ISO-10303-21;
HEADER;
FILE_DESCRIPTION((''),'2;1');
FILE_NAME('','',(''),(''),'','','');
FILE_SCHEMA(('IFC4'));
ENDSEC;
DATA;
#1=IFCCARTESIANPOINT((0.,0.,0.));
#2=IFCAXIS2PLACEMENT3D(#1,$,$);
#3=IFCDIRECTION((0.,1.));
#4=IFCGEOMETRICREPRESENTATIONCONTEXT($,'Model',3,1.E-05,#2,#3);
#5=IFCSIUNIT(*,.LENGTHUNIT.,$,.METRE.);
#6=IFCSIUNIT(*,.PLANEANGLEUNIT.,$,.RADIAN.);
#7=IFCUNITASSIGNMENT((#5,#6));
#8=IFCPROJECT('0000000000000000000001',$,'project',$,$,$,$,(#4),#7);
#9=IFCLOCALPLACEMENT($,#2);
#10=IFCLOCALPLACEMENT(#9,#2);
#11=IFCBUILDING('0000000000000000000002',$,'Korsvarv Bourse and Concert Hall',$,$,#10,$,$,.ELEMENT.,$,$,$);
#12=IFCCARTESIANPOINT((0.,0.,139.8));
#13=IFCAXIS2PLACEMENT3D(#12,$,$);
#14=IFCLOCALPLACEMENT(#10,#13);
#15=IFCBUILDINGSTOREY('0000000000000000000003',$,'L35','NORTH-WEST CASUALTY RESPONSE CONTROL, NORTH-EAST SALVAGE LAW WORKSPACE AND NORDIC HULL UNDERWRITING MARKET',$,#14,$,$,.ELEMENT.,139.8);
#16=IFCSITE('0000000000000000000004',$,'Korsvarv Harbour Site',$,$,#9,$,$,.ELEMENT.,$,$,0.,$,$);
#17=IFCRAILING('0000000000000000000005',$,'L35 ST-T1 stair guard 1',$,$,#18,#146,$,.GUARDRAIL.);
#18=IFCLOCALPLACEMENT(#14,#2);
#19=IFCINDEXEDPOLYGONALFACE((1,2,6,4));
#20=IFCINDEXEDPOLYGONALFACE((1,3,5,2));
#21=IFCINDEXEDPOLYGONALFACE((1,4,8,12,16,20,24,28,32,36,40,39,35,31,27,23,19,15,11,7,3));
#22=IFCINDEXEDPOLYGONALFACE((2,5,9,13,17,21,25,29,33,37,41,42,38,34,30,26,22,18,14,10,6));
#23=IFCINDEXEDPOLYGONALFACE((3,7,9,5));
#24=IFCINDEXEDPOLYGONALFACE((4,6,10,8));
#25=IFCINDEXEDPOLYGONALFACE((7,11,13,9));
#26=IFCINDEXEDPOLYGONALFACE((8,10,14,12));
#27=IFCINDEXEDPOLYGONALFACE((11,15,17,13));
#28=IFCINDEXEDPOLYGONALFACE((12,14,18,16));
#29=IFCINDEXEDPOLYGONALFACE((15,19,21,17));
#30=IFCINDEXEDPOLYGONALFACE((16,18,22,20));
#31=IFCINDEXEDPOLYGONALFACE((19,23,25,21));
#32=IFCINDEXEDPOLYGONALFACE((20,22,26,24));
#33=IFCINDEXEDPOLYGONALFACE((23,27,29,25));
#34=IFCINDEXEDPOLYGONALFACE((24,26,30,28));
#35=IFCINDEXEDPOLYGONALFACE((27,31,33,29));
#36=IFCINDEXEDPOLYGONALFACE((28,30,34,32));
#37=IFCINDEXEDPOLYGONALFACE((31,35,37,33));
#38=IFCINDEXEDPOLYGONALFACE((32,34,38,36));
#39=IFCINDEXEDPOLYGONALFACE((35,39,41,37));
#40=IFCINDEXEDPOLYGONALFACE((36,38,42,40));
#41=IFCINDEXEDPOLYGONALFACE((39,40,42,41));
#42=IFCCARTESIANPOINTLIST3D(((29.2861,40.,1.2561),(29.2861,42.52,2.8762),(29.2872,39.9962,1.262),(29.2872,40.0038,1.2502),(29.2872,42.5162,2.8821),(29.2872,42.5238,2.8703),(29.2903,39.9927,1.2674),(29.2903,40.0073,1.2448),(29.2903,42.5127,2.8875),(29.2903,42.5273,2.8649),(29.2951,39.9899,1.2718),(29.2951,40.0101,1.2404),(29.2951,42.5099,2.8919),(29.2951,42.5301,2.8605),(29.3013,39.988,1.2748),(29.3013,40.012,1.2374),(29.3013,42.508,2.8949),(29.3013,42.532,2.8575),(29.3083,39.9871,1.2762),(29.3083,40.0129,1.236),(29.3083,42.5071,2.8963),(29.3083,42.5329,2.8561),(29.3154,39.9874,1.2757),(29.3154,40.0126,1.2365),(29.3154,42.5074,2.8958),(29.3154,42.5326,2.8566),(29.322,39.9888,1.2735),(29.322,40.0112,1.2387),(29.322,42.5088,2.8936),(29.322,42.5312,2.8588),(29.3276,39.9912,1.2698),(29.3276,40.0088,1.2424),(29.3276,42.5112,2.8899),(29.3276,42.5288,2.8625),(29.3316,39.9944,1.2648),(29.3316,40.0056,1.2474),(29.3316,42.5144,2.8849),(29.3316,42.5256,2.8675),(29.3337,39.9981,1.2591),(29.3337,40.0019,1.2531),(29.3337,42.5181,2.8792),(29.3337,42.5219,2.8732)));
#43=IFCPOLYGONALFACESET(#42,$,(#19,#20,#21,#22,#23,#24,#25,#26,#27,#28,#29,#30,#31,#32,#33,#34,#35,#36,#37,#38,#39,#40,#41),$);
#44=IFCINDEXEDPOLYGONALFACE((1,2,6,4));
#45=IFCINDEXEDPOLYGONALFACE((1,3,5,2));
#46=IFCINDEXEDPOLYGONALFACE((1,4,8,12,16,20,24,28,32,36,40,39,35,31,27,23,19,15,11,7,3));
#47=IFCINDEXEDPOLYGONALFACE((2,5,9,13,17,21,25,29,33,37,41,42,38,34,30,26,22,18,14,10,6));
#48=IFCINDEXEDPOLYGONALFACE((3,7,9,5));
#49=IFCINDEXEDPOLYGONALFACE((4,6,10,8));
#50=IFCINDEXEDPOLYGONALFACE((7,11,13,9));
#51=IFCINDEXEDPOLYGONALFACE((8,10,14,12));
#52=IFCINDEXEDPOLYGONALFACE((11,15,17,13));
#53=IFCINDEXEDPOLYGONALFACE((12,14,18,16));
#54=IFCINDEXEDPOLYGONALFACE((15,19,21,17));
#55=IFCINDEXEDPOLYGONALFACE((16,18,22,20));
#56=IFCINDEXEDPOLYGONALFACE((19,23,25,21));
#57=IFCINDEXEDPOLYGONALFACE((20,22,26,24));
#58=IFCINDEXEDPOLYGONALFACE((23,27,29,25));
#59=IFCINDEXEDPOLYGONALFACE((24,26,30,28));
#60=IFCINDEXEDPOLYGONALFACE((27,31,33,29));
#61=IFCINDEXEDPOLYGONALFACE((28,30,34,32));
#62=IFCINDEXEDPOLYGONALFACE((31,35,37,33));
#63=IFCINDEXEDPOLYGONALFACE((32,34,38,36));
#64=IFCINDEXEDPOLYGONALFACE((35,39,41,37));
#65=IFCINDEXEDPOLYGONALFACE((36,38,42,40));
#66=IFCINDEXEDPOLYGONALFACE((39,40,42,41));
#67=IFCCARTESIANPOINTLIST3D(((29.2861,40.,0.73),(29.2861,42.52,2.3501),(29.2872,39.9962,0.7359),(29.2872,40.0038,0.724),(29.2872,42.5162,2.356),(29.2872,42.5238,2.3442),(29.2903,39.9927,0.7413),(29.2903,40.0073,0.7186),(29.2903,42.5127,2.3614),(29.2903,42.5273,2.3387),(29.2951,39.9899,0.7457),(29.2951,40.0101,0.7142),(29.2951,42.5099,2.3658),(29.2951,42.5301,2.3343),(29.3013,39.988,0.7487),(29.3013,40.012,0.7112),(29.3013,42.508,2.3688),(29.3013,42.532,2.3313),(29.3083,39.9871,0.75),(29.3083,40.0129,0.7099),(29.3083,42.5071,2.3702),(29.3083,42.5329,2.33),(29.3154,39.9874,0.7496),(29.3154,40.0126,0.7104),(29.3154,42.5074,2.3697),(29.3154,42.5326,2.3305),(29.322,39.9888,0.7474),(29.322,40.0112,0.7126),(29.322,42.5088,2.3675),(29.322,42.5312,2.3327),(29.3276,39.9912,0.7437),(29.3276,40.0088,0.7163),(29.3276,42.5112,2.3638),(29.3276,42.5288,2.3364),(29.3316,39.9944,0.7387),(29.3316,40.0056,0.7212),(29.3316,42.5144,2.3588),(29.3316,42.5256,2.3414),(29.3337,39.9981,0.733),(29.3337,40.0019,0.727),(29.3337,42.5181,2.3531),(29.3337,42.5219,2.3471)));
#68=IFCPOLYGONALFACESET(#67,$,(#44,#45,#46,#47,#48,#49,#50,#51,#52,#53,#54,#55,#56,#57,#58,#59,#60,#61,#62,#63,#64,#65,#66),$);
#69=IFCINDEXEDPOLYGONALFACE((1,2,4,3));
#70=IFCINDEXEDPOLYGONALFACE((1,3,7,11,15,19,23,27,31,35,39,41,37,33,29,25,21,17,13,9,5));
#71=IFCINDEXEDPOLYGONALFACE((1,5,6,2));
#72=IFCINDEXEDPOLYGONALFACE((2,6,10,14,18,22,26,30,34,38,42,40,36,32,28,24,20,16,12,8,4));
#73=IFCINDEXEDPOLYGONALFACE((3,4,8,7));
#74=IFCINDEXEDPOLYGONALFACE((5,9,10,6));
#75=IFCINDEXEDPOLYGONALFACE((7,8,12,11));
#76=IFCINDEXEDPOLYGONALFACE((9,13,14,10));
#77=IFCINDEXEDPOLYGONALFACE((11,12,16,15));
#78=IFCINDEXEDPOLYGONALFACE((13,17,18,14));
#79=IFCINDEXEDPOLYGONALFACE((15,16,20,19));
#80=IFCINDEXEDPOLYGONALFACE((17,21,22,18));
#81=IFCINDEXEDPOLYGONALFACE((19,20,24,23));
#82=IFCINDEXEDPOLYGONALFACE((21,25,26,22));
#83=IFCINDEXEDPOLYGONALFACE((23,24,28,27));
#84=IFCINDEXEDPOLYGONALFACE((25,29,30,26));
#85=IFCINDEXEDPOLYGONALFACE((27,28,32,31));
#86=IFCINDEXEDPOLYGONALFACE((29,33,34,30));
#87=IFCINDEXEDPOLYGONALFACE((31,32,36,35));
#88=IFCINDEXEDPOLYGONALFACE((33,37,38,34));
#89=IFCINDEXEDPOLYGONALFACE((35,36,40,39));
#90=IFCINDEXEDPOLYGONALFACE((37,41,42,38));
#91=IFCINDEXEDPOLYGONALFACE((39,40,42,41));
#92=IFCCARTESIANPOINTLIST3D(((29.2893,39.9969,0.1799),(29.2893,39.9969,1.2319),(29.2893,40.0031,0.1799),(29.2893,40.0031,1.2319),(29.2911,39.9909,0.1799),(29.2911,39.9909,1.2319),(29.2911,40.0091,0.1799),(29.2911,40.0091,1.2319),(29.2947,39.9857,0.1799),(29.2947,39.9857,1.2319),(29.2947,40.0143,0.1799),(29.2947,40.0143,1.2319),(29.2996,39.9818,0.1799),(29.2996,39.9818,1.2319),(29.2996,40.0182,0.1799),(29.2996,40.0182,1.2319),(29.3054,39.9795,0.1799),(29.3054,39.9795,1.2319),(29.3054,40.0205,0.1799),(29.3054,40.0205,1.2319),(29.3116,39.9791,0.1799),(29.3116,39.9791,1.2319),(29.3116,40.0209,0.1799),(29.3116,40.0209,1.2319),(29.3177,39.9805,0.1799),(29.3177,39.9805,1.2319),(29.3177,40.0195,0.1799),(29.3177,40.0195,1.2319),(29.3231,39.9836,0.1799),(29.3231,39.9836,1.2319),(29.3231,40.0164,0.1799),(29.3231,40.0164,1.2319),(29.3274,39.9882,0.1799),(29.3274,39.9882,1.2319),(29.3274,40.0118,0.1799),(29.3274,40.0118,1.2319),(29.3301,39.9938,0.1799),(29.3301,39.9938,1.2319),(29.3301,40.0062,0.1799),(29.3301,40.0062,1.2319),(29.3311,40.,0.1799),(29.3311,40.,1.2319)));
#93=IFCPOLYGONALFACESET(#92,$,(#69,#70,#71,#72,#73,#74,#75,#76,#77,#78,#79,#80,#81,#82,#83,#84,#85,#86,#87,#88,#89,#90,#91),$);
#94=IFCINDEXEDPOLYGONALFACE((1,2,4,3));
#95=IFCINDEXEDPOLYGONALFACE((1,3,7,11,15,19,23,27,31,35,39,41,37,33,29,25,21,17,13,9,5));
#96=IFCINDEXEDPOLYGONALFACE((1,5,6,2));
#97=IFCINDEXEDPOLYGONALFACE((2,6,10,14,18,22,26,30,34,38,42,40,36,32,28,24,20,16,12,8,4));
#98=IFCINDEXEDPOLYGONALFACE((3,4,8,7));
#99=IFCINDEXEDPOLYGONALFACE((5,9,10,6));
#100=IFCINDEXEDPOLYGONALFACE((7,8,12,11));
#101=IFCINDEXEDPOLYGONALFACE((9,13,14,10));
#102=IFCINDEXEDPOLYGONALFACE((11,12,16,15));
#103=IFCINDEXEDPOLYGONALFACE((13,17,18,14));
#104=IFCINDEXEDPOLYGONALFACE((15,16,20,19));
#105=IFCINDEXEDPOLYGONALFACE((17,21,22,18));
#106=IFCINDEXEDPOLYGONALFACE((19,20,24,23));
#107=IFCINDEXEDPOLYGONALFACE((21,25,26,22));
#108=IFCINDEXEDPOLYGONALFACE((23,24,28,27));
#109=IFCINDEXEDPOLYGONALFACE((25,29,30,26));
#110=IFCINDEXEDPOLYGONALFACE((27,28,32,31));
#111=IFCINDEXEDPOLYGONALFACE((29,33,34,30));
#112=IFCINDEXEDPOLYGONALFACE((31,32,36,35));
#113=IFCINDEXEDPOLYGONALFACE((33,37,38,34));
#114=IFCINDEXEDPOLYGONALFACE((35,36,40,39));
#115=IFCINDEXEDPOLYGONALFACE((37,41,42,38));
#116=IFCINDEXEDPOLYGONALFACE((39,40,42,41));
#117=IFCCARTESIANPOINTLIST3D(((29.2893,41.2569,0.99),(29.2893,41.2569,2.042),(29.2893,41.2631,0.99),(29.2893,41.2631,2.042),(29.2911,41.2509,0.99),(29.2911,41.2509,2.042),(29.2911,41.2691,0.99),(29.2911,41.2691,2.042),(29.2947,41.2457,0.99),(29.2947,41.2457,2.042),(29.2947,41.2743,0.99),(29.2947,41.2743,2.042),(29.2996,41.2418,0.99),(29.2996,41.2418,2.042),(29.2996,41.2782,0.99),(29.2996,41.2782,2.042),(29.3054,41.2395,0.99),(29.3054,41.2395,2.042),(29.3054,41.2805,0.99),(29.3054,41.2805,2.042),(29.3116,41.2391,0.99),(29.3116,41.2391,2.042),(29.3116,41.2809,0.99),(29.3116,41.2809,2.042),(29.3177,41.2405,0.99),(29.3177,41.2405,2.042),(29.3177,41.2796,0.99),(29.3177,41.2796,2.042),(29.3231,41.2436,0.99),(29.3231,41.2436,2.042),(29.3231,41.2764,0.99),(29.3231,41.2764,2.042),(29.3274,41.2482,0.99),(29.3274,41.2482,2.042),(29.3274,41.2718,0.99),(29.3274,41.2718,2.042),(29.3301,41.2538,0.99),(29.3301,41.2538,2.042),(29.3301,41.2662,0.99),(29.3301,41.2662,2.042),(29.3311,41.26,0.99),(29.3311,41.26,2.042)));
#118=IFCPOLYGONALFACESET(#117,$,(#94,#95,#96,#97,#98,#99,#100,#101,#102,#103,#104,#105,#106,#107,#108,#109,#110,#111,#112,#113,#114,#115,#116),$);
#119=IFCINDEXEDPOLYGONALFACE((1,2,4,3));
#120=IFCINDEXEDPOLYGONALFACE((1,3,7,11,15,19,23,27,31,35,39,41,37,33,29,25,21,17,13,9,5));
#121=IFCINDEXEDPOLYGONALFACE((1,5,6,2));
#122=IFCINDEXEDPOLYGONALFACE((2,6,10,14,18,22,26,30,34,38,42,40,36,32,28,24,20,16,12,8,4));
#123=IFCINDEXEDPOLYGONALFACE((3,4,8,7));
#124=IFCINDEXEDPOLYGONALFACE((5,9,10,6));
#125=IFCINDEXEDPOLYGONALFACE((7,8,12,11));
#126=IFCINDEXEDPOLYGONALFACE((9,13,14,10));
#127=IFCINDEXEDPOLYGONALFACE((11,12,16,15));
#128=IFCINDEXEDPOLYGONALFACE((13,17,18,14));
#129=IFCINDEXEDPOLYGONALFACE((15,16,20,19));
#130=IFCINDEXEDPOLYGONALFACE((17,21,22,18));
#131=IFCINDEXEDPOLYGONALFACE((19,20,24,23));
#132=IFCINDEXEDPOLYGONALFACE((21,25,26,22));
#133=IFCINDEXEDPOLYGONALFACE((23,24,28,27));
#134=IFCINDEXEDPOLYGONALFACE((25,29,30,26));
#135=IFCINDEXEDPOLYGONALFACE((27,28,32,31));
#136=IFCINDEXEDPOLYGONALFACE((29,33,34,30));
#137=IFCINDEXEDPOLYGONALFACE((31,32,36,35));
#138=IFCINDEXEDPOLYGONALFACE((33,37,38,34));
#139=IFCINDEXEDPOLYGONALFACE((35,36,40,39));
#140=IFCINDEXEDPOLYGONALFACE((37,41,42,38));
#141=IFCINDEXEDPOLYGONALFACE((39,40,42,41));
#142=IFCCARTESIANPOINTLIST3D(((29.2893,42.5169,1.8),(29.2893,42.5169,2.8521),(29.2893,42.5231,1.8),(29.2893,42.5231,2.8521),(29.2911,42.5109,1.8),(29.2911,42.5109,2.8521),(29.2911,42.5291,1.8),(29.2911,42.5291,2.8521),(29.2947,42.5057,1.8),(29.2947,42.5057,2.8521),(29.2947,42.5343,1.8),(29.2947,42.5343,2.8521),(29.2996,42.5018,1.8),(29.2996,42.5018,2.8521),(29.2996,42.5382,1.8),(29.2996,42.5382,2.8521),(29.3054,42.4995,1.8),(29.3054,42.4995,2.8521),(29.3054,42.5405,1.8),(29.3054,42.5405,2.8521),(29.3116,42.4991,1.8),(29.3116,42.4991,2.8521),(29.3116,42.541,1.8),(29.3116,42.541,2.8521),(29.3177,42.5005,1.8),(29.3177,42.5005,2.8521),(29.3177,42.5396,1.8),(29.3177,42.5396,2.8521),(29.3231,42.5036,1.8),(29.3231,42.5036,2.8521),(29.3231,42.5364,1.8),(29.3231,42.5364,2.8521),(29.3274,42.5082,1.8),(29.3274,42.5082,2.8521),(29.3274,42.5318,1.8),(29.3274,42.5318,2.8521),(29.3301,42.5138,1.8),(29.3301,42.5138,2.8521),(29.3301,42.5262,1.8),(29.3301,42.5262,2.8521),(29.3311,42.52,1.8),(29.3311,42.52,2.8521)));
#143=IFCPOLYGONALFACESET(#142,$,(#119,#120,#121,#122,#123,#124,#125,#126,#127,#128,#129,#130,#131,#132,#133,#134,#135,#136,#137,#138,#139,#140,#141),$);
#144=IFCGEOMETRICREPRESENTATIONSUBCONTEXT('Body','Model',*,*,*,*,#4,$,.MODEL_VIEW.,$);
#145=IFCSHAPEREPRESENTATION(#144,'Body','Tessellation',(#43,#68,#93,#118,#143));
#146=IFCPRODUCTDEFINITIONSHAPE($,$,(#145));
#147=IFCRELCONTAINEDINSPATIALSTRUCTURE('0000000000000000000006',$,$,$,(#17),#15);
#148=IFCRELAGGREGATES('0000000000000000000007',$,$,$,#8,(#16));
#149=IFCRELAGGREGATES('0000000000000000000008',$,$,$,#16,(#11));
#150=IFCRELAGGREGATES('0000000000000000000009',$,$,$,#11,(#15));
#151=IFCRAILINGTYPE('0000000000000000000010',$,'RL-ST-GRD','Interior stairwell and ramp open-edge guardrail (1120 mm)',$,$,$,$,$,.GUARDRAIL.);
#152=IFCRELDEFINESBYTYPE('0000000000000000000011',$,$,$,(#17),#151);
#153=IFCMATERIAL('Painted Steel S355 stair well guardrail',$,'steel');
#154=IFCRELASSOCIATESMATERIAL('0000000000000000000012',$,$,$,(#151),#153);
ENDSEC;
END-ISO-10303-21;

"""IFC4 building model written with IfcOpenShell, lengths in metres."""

from ifc_helpers import new_model, si_unit, direction, frame, origin, origin_2d, place, context, subcontext, project, spatial, circle, extrude, material, type_object, element, save


model = new_model("IFC4")

# Units and contexts
model_context = context("Model", 3, precision=1e-05, world=origin(), true_north=direction((0.0, 1.0)))
body_context = subcontext(model_context, "Body", "Model", "MODEL_VIEW")
ifc_project = project(units=[si_unit("LENGTHUNIT", "METRE"), si_unit("PLANEANGLEUNIT", "RADIAN")], contexts=[model_context])

# Site, building, storey
site_placement = place(None, origin())
site = spatial("IfcSite", under=ifc_project, at=site_placement, Name="Korsvarv Harbour Site", CompositionType="ELEMENT", RefElevation=0.0)
building_placement = place(site_placement, origin())
building = spatial("IfcBuilding", under=site, at=building_placement, Name="Korsvarv Bourse and Concert Hall", CompositionType="ELEMENT")
storey_placement = place(building_placement, frame((0.0, 0.0, 139.8)))
storey = spatial("IfcBuildingStorey", under=building, at=storey_placement, Name="L35", Description="NORTH-WEST CASUALTY RESPONSE CONTROL, NORTH-EAST SALVAGE LAW WORKSPACE AND NORDIC HULL UNDERWRITING MARKET", CompositionType="ELEMENT", Elevation=139.8)

# Railing
ifc_material_1 = material(Name="Painted Steel S355 stair well guardrail", Category="steel")
railing_type_1 = type_object("IfcRailingType", Name="RL-ST-GRD", Description="Interior stairwell and ramp open-edge guardrail (1120 mm)", PredefinedType="GUARDRAIL", material=ifc_material_1)
railing_1_placement = place(storey_placement, frame((29.3101, 40.0, 0.1799)))
element("IfcRailing", 1, at=railing_1_placement, inside=storey, type_object=railing_type_1, Name="L35 ST-T1 stair guard 1", PredefinedType="GUARDRAIL", context=body_context, shape_type="SweptSolid", body=[
    extrude(circle(Radius=0.0239, at=origin_2d()), frame((0.0, 0.0, 1.0762), z_axis=(0.0, 0.841163, 0.540782), x_axis=(-1.0, 0.0, 0.0)), (0.0, 0.0, 1.0), 2.9958),
    extrude(circle(Radius=0.0239, at=origin_2d()), frame((0.0, 0.0, 0.55), z_axis=(0.0, 0.841163, 0.540782), x_axis=(-1.0, 0.0, 0.0)), (0.0, 0.0, 1.0), 2.9958),
    extrude(circle(Radius=0.021, at=origin_2d()), origin(), (0.0, 0.0, 1.0), 1.052),
    extrude(circle(Radius=0.021, at=origin_2d()), frame((0.0, 1.26, 0.8101)), (0.0, 0.0, 1.0), 1.052),
    extrude(circle(Radius=0.021, at=origin_2d()), frame((0.0, 2.52, 1.6201)), (0.0, 0.0, 1.0), 1.052),
])

save(model, "model.ifc")
